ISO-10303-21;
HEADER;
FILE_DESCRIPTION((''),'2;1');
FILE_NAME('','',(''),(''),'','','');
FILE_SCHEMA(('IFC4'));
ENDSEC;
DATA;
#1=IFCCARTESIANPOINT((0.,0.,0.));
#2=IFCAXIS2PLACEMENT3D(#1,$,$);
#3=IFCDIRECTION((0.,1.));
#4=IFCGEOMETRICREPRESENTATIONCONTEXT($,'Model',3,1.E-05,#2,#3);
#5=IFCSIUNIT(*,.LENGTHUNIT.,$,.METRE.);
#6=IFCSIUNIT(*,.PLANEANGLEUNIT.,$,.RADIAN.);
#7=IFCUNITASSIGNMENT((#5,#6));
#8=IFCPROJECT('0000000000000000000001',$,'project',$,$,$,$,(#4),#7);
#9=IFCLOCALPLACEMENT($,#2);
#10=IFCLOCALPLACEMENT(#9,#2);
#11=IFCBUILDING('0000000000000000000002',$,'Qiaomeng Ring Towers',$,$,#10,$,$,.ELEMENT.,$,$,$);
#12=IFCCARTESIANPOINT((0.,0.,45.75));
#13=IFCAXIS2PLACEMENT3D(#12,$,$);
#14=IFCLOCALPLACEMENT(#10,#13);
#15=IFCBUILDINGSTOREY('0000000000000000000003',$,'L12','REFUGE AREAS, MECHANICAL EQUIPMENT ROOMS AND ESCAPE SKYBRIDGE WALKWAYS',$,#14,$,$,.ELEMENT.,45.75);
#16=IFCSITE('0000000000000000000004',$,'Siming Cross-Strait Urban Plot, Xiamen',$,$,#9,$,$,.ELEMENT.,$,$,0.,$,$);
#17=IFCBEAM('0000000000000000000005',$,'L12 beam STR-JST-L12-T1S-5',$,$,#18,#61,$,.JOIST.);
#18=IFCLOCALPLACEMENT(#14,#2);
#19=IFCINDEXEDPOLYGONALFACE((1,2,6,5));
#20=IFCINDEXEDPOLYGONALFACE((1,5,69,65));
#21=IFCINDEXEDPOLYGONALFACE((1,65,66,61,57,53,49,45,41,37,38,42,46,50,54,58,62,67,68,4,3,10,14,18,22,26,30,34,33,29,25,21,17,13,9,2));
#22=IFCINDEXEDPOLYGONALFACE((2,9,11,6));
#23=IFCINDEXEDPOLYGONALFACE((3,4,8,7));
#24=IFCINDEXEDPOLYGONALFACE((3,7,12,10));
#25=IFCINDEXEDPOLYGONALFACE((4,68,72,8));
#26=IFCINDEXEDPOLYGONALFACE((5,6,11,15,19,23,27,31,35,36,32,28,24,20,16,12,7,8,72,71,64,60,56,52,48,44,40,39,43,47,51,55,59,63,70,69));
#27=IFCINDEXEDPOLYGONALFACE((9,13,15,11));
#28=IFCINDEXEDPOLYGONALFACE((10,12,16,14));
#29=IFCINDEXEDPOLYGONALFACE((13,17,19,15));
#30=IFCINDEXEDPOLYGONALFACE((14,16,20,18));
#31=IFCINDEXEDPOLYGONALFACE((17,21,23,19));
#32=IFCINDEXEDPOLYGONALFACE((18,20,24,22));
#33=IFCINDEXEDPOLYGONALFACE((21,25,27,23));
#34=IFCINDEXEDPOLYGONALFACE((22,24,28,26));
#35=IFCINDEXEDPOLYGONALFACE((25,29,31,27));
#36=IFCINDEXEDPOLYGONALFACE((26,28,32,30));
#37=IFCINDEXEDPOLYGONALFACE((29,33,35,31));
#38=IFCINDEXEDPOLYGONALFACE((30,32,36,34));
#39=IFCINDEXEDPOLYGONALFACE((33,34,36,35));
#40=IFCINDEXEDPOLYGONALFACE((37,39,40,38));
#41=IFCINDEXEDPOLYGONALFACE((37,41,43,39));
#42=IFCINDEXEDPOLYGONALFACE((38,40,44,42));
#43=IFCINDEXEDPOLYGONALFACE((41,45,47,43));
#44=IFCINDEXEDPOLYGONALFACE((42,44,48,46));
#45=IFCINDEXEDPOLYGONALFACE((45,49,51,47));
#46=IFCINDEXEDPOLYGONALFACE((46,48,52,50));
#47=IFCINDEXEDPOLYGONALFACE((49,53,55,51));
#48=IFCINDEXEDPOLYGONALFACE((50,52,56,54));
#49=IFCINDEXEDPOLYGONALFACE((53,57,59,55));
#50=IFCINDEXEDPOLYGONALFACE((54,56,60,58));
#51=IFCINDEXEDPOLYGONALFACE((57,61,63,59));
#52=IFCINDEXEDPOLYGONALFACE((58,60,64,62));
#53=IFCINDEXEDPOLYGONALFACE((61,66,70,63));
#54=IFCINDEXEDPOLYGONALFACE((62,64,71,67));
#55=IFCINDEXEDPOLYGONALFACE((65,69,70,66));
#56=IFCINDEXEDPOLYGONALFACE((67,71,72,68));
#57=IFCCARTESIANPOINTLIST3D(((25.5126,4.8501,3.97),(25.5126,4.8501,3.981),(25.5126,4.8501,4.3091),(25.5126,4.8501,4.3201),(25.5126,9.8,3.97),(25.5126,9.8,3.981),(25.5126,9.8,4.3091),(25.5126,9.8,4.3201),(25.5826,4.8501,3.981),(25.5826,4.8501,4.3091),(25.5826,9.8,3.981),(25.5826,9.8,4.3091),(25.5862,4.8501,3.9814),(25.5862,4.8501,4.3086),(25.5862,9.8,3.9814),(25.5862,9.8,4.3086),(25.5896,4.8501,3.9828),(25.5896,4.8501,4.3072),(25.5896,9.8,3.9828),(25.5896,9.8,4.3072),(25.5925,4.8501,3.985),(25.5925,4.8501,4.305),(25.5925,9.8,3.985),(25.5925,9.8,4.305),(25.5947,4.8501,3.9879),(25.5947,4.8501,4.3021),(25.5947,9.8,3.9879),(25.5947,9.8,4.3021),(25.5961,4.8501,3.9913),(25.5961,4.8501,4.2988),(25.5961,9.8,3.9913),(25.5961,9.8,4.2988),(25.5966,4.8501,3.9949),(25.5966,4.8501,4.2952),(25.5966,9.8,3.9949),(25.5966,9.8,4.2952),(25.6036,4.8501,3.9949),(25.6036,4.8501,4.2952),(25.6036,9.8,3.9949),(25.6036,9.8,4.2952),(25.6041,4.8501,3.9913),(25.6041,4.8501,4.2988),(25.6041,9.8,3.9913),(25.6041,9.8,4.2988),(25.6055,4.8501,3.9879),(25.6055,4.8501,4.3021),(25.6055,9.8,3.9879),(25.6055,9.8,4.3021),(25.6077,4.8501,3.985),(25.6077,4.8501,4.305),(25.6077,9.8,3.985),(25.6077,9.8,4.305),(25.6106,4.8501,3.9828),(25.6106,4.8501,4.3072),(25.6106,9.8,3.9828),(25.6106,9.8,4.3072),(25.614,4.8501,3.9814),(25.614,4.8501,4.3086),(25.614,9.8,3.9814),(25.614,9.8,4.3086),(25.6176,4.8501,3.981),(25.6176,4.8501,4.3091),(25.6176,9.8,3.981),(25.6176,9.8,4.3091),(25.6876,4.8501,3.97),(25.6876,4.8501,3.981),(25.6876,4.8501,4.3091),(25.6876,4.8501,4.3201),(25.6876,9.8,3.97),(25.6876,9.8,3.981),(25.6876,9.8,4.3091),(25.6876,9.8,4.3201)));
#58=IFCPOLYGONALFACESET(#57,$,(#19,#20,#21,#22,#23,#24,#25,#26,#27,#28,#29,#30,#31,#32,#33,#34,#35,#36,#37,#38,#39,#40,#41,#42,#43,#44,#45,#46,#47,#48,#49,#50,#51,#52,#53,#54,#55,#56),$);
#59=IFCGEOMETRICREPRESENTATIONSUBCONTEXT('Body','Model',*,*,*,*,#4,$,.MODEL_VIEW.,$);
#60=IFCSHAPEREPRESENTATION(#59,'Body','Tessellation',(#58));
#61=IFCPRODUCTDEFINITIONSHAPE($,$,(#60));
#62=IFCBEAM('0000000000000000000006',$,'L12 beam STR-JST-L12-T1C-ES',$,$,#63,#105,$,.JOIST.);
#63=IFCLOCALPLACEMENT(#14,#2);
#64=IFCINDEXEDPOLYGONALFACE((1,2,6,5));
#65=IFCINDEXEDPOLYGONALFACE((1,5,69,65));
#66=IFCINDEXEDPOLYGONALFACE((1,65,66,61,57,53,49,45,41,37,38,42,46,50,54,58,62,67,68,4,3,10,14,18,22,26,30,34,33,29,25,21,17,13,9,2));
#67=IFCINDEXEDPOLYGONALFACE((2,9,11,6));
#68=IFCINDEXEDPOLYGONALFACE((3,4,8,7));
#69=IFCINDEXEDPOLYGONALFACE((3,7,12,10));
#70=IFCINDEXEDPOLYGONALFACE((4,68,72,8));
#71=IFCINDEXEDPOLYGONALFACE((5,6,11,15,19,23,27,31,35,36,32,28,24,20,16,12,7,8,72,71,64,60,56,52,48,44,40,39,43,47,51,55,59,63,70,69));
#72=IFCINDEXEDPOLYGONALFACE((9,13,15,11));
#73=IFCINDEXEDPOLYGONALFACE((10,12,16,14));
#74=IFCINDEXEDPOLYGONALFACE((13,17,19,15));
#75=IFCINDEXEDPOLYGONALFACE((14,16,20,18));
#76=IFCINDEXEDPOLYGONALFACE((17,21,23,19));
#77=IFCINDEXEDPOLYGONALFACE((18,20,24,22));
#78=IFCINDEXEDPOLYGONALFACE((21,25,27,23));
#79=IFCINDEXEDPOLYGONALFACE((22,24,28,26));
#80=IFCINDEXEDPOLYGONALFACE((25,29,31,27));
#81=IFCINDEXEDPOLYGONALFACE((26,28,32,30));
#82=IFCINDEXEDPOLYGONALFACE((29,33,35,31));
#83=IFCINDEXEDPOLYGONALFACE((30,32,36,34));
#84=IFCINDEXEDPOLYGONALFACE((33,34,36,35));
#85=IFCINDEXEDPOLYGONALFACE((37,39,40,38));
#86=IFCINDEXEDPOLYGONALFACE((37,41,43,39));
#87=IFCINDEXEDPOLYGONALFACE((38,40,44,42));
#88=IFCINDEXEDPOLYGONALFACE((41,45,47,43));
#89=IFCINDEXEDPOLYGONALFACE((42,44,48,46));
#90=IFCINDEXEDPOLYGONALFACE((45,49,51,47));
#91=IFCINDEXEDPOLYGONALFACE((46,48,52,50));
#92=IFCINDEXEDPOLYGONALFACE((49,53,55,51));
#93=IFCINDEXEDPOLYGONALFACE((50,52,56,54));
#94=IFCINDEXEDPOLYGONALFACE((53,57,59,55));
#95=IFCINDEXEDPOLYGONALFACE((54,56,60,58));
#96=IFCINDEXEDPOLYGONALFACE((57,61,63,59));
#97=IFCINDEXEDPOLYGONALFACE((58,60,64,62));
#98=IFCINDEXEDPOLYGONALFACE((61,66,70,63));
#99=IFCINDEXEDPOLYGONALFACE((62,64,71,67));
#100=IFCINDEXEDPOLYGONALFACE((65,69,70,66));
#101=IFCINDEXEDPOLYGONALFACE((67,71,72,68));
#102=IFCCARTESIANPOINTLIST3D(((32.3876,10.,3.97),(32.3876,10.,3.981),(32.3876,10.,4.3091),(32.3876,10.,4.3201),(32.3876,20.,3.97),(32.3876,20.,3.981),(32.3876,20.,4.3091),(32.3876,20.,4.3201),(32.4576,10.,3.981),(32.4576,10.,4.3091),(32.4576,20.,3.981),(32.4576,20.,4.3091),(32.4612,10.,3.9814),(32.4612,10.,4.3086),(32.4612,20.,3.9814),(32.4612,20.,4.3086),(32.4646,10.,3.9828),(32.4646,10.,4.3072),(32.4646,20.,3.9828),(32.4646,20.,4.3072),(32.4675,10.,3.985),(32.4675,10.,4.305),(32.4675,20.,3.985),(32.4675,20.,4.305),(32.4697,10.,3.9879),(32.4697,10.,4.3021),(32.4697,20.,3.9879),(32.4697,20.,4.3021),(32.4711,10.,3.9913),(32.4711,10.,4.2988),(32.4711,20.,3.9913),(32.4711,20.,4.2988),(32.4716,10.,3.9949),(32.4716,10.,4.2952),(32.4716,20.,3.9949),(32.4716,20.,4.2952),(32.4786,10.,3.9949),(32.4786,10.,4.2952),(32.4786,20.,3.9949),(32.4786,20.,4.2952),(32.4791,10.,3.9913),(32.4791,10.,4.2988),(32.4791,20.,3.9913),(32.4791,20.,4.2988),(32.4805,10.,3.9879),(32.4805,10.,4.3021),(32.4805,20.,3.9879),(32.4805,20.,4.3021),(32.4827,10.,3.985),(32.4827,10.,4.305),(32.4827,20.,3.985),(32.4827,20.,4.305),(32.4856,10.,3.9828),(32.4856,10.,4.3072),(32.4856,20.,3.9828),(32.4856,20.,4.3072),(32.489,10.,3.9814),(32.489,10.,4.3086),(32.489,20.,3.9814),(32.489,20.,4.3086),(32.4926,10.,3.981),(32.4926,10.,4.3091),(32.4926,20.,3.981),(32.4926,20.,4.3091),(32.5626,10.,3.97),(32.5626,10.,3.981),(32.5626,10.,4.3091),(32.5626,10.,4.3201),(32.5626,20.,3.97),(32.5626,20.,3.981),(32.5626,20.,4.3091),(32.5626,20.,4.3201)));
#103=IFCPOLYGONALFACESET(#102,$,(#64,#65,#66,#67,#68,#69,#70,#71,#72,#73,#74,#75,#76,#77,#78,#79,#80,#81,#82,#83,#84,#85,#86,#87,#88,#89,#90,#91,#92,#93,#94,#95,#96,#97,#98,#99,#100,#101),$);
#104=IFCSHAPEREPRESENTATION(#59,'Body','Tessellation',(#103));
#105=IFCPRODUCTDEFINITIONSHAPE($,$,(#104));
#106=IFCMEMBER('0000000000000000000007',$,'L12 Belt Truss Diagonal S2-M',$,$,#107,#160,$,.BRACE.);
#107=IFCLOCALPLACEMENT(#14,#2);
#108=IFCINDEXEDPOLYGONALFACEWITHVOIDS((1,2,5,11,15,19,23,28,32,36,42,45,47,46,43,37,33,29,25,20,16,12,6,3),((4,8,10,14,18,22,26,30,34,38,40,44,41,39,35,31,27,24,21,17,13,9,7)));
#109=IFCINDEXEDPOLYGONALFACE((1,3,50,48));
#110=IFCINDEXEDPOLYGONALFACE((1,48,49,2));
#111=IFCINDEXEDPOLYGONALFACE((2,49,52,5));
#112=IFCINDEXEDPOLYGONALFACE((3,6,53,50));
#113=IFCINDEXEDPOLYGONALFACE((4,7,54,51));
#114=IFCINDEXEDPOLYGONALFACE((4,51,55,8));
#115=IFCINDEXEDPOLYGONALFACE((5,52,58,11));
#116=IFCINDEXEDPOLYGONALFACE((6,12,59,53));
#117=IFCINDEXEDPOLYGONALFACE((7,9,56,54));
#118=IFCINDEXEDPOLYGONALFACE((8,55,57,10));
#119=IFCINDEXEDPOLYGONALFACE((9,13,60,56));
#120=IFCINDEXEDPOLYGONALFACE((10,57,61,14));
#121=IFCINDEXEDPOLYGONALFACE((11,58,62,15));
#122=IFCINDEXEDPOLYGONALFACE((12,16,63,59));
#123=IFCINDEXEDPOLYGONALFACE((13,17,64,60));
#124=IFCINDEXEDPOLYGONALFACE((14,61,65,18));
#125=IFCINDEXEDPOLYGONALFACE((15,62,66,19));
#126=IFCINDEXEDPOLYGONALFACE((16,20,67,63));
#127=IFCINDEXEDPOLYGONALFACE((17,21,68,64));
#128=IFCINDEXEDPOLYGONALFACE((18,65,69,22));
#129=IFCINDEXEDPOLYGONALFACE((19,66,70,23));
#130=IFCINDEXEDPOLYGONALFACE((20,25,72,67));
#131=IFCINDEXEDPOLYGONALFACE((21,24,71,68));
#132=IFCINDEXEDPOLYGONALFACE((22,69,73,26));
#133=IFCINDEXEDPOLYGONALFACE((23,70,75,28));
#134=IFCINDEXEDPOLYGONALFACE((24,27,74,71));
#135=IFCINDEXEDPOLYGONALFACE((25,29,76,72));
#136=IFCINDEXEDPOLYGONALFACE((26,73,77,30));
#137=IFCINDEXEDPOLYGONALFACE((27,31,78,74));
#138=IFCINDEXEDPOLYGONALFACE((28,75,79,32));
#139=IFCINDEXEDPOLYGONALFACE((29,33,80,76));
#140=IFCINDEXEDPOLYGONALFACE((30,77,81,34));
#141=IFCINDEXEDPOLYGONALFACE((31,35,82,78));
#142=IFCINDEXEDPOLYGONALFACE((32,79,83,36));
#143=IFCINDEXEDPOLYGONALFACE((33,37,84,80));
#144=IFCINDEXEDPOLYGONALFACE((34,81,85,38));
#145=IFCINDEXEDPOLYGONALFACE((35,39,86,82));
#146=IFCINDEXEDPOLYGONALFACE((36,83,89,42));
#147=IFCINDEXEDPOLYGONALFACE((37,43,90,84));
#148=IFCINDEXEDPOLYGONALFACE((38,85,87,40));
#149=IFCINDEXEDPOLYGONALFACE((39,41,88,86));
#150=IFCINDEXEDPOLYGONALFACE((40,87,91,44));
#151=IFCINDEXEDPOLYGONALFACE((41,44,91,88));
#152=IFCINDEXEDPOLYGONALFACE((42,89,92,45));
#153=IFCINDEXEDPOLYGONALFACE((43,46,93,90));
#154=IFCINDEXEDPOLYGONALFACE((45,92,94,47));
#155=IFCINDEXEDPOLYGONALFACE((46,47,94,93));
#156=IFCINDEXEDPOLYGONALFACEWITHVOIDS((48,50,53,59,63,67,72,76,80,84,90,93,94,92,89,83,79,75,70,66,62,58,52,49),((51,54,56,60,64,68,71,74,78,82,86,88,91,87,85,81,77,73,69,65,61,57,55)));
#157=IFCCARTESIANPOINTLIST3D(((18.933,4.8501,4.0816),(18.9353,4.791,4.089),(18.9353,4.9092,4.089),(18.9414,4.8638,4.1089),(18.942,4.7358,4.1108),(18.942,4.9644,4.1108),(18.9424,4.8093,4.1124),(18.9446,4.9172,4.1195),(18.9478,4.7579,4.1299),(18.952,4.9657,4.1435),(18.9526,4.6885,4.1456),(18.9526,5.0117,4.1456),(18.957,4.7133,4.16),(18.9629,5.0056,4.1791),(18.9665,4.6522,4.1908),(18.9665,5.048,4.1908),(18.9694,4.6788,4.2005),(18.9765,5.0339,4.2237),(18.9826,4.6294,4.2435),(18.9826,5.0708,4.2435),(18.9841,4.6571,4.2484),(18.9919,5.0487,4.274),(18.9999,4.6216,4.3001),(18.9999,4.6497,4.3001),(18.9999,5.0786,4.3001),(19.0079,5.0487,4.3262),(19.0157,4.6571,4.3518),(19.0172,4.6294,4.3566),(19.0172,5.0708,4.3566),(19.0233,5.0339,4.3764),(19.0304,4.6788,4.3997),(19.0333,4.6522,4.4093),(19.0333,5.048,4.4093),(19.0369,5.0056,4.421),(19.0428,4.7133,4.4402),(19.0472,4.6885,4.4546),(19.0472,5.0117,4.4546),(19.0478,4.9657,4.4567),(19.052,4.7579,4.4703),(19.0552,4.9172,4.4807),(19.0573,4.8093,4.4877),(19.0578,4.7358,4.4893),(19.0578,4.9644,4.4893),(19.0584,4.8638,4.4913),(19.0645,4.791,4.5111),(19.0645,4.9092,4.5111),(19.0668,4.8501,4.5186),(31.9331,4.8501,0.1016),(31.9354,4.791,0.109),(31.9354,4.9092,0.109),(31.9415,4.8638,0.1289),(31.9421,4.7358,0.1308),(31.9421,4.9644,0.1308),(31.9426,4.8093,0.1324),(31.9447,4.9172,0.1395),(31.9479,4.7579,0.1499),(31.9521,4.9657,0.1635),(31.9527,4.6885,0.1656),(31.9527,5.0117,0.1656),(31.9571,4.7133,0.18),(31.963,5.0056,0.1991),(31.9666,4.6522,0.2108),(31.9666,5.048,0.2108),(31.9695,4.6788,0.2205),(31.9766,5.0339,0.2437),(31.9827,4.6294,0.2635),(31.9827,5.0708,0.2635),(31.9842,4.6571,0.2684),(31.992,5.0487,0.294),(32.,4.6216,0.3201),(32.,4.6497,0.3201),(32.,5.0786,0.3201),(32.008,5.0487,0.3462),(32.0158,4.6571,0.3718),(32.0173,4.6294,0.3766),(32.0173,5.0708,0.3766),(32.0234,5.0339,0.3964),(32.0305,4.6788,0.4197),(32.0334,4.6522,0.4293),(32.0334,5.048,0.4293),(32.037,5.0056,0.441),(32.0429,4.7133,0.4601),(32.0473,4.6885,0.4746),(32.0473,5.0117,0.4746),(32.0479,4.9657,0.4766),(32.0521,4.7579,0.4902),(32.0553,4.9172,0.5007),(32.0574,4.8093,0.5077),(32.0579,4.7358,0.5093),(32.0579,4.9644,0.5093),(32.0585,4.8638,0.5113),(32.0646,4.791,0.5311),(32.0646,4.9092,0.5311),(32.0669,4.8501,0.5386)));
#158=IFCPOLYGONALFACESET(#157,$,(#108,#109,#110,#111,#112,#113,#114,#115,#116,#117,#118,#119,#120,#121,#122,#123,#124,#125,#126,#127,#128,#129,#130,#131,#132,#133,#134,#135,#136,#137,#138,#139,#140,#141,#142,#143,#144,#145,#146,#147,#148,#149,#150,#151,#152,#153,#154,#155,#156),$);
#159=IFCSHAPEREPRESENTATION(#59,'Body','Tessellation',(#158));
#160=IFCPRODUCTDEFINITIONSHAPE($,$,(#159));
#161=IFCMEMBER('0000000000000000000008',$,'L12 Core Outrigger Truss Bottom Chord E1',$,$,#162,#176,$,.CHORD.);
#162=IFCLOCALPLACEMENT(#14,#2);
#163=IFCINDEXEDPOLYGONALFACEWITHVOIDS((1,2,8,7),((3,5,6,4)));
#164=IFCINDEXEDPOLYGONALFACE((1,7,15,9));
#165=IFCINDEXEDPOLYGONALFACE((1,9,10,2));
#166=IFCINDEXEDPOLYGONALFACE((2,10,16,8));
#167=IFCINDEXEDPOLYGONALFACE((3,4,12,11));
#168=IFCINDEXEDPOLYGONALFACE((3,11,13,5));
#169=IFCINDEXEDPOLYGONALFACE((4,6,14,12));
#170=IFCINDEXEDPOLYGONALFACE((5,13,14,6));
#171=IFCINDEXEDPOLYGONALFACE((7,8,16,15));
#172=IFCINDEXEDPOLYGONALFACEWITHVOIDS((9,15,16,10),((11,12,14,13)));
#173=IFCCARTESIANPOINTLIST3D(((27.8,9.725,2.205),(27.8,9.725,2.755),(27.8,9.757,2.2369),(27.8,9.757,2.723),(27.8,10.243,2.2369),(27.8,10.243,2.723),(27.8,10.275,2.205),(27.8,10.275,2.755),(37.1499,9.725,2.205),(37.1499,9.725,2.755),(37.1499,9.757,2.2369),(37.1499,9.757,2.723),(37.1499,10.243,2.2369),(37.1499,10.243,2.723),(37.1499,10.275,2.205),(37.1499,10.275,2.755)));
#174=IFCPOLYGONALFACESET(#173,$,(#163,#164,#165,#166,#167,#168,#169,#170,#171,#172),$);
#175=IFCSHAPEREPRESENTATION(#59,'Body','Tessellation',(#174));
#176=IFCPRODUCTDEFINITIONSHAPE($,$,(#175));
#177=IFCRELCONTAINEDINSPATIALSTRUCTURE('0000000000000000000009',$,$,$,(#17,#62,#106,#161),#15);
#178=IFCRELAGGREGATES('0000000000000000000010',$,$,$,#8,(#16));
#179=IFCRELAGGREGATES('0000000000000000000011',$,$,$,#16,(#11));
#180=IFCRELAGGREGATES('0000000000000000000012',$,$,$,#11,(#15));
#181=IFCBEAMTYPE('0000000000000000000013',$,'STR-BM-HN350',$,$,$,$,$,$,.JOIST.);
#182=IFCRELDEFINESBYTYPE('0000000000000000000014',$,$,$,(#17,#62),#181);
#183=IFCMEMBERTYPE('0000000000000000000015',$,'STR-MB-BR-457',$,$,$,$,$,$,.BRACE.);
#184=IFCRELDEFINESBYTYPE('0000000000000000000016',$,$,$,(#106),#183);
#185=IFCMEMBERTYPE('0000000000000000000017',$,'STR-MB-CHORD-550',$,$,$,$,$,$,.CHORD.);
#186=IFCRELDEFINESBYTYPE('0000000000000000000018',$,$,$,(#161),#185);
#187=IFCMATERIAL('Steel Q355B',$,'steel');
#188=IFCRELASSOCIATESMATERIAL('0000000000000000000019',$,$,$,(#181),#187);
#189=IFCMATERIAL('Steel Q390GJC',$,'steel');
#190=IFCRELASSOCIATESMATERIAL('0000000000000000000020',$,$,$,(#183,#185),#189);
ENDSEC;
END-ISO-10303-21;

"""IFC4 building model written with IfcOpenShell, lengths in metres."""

from ifc_helpers import new_model, si_unit, direction, frame, origin, origin_2d, place, context, subcontext, project, spatial, hollow_rectangle, hollow_circle, i_section, extrude, source, transform, mapped, material, material_profile, profile_set, type_object, element, save


model = new_model("IFC4")

# Units and contexts
model_context = context("Model", 3, precision=1e-05, world=origin(), true_north=direction((0.0, 1.0)))
body_context = subcontext(model_context, "Body", "Model", "MODEL_VIEW")
ifc_project = project(units=[si_unit("LENGTHUNIT", "METRE"), si_unit("PLANEANGLEUNIT", "RADIAN")], contexts=[model_context])

# Site, building, storey
site_placement = place(None, origin())
site = spatial("IfcSite", under=ifc_project, at=site_placement, Name="Siming Cross-Strait Urban Plot, Xiamen", CompositionType="ELEMENT", RefElevation=0.0)
building_placement = place(site_placement, origin())
building = spatial("IfcBuilding", under=site, at=building_placement, Name="Qiaomeng Ring Towers", CompositionType="ELEMENT")
storey_placement = place(building_placement, frame((0.0, 0.0, 45.75)))
storey = spatial("IfcBuildingStorey", under=building, at=storey_placement, Name="L12", Description="REFUGE AREAS, MECHANICAL EQUIPMENT ROOMS AND ESCAPE SKYBRIDGE WALKWAYS", CompositionType="ELEMENT", Elevation=45.75)

# Beams
ifc_material_1 = material(Name="Steel Q355B", Category="steel")
ifc_material_2 = material(Name="Steel Q390GJC", Category="steel")
ifc_material_profile_1 = material_profile(ifc_material_1, i_section(OverallWidth=0.175, OverallDepth=0.3501, WebThickness=0.0071, FlangeThickness=0.011, FilletRadius=0.0139, at=origin_2d()), Name="HN 350x175x7x11")
ifc_profile_set_1 = profile_set([ifc_material_profile_1], Name="Steel Q355B")
beam_type_1 = type_object("IfcBeamType", Name="STR-BM-HN350", PredefinedType="JOIST", material=ifc_profile_set_1)
shared_shape_1 = source(origin(), body_context, "Body", "SweptSolid", [
    extrude(i_section(OverallWidth=0.175, OverallDepth=0.3501, WebThickness=0.0071, FlangeThickness=0.011, FilletRadius=0.0139, at=origin_2d()), origin(), (0.0, 0.0, 1.0), 4.95),
])
beam_1_placement = place(storey_placement, frame((25.6001, 4.8501, 4.145), z_axis=(0.0, 1.0, 0.0), x_axis=(-1.0, 0.0, 0.0)))
element("IfcBeam", 1, at=beam_1_placement, inside=storey, type_object=beam_type_1, Name="L12 beam STR-JST-L12-T1S-5", PredefinedType="JOIST", context=body_context, shape_type="MappedRepresentation", body=[
    mapped(shared_shape_1, transform((0.0, 0.0, 0.0), x_axis=(1.0, 0.0, 0.0), y_axis=(0.0, 1.0, 0.0), z_axis=(0.0, 0.0, 1.0), scale=1.0)),
])
shared_shape_2 = source(origin(), body_context, "Body", "SweptSolid", [
    extrude(i_section(OverallWidth=0.175, OverallDepth=0.3501, WebThickness=0.0071, FlangeThickness=0.011, FilletRadius=0.0139, at=origin_2d()), origin(), (0.0, 0.0, 1.0), 10.0),
])
beam_2_placement = place(storey_placement, frame((32.4751, 10.0, 4.145), z_axis=(0.0, 1.0, 0.0), x_axis=(-1.0, 0.0, 0.0)))
element("IfcBeam", 2, at=beam_2_placement, inside=storey, type_object=beam_type_1, Name="L12 beam STR-JST-L12-T1C-ES", PredefinedType="JOIST", context=body_context, shape_type="MappedRepresentation", body=[
    mapped(shared_shape_2, transform((0.0, 0.0, 0.0), x_axis=(1.0, 0.0, 0.0), y_axis=(0.0, 1.0, 0.0), z_axis=(0.0, 0.0, 1.0), scale=1.0)),
])

# Members
ifc_material_profile_2 = material_profile(ifc_material_2, hollow_circle(Radius=0.2285, WallThickness=0.0281, at=origin_2d()), Name="CHS 457x28")
ifc_profile_set_2 = profile_set([ifc_material_profile_2], Name="Steel Q390GJC")
member_type_1 = type_object("IfcMemberType", Name="STR-MB-BR-457", PredefinedType="BRACE", material=ifc_profile_set_2)
shared_shape_3 = source(origin(), body_context, "Body", "SweptSolid", [
    extrude(hollow_circle(Radius=0.2285, WallThickness=0.0281, at=origin_2d()), origin(), (0.0, 0.0, 1.0), 13.5957),
])
member_1_placement = place(storey_placement, frame((32.0, 4.8501, 0.3201), z_axis=(-0.956192, 0.0, 0.29274), x_axis=(0.0, -1.0, 0.0)))
element("IfcMember", 3, at=member_1_placement, inside=storey, type_object=member_type_1, Name="L12 Belt Truss Diagonal S2-M", PredefinedType="BRACE", context=body_context, shape_type="MappedRepresentation", body=[
    mapped(shared_shape_3, transform((0.0, 0.0, 0.0), x_axis=(1.0, 0.0, 0.0), y_axis=(0.0, 1.0, 0.0), z_axis=(0.0, 0.0, 1.0), scale=1.0)),
])
ifc_material_profile_3 = material_profile(ifc_material_2, hollow_rectangle(XDim=0.55, YDim=0.55, WallThickness=0.032, at=origin_2d()), Name="SHS 550x550x32")
ifc_profile_set_3 = profile_set([ifc_material_profile_3], Name="Steel Q390GJC")
member_type_2 = type_object("IfcMemberType", Name="STR-MB-CHORD-550", PredefinedType="CHORD", material=ifc_profile_set_3)
shared_shape_4 = source(origin(), body_context, "Body", "SweptSolid", [
    extrude(hollow_rectangle(XDim=0.55, YDim=0.55, WallThickness=0.032, at=origin_2d()), origin(), (0.0, 0.0, 1.0), 9.3499),
])
member_2_placement = place(storey_placement, frame((27.8, 10.0, 2.48), z_axis=(1.0, 0.0, 0.0), x_axis=(0.0, 1.0, 0.0)))
element("IfcMember", 4, at=member_2_placement, inside=storey, type_object=member_type_2, Name="L12 Core Outrigger Truss Bottom Chord E1", PredefinedType="CHORD", context=body_context, shape_type="MappedRepresentation", body=[
    mapped(shared_shape_4, transform((0.0, 0.0, 0.0), x_axis=(1.0, 0.0, 0.0), y_axis=(0.0, 1.0, 0.0), z_axis=(0.0, 0.0, 1.0), scale=1.0)),
])

save(model, "model.ifc")
